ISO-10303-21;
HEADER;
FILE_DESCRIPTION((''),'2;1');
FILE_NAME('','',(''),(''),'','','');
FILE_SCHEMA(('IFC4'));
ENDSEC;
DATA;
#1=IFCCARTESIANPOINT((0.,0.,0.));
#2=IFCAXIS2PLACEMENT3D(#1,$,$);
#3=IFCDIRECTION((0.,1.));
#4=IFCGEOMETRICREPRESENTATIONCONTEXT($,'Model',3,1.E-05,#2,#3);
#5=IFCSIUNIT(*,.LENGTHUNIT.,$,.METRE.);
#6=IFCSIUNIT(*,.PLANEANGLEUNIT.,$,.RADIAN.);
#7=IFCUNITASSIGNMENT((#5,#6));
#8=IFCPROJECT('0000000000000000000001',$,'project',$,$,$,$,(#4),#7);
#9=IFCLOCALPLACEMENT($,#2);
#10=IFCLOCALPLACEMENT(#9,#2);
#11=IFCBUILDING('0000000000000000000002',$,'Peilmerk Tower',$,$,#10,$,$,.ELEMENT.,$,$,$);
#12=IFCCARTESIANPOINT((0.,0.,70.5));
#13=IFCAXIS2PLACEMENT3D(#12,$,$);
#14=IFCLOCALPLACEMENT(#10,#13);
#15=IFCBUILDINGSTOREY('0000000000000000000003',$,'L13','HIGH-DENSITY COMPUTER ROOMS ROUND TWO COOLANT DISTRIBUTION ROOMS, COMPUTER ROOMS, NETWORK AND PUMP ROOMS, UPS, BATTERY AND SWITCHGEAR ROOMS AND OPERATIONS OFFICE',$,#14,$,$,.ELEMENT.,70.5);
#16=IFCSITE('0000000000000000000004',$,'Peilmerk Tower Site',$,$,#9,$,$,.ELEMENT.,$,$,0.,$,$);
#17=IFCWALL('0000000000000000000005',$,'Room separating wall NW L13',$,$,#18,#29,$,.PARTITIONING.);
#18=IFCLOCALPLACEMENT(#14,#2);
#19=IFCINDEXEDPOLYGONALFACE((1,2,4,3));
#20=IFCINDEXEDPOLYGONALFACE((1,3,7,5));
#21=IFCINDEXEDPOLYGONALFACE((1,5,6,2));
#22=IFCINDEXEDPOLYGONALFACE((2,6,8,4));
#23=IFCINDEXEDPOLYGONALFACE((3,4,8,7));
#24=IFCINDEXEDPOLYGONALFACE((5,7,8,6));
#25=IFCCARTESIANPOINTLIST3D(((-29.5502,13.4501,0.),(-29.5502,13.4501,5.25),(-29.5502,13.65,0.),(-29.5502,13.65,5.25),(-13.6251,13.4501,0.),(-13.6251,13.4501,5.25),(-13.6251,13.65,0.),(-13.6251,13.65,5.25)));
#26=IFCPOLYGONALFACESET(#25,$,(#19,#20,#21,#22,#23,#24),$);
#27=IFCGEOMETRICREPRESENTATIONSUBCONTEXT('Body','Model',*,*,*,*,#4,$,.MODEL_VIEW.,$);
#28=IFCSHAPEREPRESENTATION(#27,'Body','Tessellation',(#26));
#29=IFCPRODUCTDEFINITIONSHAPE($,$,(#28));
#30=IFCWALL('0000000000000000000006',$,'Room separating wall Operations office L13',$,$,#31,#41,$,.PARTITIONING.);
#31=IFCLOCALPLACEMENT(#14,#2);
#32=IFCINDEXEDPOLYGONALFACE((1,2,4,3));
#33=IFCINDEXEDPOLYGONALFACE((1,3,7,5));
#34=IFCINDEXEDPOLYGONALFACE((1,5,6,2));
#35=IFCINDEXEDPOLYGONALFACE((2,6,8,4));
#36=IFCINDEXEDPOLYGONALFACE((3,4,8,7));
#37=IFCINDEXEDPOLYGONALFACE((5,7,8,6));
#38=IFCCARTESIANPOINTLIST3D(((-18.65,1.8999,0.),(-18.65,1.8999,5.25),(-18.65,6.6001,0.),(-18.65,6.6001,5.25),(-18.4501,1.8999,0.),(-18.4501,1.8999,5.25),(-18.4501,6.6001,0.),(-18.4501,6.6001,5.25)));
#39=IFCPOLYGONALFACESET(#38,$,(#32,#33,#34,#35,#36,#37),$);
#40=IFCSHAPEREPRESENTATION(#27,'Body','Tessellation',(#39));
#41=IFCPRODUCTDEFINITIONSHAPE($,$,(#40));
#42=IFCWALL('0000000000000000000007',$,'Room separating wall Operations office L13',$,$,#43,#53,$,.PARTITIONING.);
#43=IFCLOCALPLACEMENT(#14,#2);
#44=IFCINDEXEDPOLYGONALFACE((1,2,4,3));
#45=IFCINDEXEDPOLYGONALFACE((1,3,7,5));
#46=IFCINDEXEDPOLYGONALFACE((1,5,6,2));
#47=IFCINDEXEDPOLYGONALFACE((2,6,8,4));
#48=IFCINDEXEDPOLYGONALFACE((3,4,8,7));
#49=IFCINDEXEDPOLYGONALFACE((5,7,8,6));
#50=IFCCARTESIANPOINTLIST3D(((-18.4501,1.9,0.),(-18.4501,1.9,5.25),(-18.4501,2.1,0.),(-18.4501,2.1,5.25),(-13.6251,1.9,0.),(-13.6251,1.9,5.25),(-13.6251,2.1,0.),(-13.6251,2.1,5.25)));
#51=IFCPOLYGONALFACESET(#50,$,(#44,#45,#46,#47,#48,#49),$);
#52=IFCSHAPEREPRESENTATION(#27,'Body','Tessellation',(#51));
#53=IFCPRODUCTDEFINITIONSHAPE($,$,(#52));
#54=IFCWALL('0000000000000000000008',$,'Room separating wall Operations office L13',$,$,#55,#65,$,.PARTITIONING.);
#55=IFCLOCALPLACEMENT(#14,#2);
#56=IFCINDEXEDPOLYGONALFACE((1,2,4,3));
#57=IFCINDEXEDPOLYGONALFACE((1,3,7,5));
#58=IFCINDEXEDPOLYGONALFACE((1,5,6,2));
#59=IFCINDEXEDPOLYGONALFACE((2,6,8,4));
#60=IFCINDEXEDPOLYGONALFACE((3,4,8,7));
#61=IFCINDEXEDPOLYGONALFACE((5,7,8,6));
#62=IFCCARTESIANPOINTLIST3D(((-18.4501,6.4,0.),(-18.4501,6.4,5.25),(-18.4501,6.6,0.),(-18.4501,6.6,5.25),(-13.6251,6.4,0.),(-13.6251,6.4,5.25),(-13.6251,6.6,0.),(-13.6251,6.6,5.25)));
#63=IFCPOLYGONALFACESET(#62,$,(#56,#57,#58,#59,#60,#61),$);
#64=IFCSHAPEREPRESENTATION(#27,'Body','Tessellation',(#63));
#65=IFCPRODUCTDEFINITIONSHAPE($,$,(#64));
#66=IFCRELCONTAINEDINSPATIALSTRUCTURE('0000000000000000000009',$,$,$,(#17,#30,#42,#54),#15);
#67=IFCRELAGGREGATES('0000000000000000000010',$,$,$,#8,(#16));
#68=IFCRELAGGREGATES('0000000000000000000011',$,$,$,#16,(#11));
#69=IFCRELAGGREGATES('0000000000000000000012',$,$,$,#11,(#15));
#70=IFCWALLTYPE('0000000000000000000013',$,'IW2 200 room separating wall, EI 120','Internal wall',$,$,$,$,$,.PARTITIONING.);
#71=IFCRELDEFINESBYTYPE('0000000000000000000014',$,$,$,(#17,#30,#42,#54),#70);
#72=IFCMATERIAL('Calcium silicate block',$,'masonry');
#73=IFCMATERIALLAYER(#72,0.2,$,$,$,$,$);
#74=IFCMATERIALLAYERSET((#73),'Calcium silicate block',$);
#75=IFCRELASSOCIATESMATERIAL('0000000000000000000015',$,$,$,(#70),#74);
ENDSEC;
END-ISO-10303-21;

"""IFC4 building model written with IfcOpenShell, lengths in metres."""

from ifc_helpers import new_model, si_unit, direction, frame, frame_2d, origin, place, context, subcontext, project, spatial, rectangle, extrude, material, layer, layer_set, type_object, element, save


model = new_model("IFC4")

# Units and contexts
model_context = context("Model", 3, precision=1e-05, world=origin(), true_north=direction((0.0, 1.0)))
body_context = subcontext(model_context, "Body", "Model", "MODEL_VIEW")
ifc_project = project(units=[si_unit("LENGTHUNIT", "METRE"), si_unit("PLANEANGLEUNIT", "RADIAN")], contexts=[model_context])

# Site, building, storey
site_placement = place(None, origin())
site = spatial("IfcSite", under=ifc_project, at=site_placement, Name="Peilmerk Tower Site", CompositionType="ELEMENT", RefElevation=0.0)
building_placement = place(site_placement, origin())
building = spatial("IfcBuilding", under=site, at=building_placement, Name="Peilmerk Tower", CompositionType="ELEMENT")
storey_placement = place(building_placement, frame((0.0, 0.0, 70.5)))
storey = spatial("IfcBuildingStorey", under=building, at=storey_placement, Name="L13", Description="HIGH-DENSITY COMPUTER ROOMS ROUND TWO COOLANT DISTRIBUTION ROOMS, COMPUTER ROOMS, NETWORK AND PUMP ROOMS, UPS, BATTERY AND SWITCHGEAR ROOMS AND OPERATIONS OFFICE", CompositionType="ELEMENT", Elevation=70.5)

# Shared definitions
ifc_material_1 = material(Name="Calcium silicate block", Category="masonry")

# Walls
ifc_layer_1 = layer(ifc_material_1, 0.2)
ifc_layer_set_1 = layer_set([ifc_layer_1], Name="Calcium silicate block")
wall_type_1 = type_object("IfcWallType", Name="IW2 200 room separating wall, EI 120", Description="Internal wall", PredefinedType="PARTITIONING", material=ifc_layer_set_1)
wall_1_placement = place(storey_placement, frame((-29.55, 13.55, 0.0), z_axis=(0.0, 0.0, 1.0), x_axis=(1.0, 0.0, 0.0)))
element("IfcWall", 1, at=wall_1_placement, inside=storey, type_object=wall_type_1, Name="Room separating wall NW L13", PredefinedType="PARTITIONING", context=body_context, shape_type="SweptSolid", body=[
    extrude(rectangle(XDim=15.925, YDim=0.2, at=frame_2d((7.9624, 0.0))), origin(), (0.0, 0.0, 1.0), 5.25),
])
wall_2_placement = place(storey_placement, frame((-18.55, 1.8999, 0.0), z_axis=(0.0, 0.0, 1.0), x_axis=(0.0, 1.0, 0.0)))
element("IfcWall", 2, at=wall_2_placement, inside=storey, type_object=wall_type_1, Name="Room separating wall Operations office L13", PredefinedType="PARTITIONING", context=body_context, shape_type="SweptSolid", body=[
    extrude(rectangle(XDim=4.7002, YDim=0.2, at=frame_2d((2.3501, 0.0))), origin(), (0.0, 0.0, 1.0), 5.25),
])
for number, where, z_axis, x_axis, name in (
    (3, (-13.625, 2.0, 0.0), (0.0, 0.0, 1.0), (-1.0, 0.0, 0.0), "Room separating wall Operations office L13"),
    (4, (-13.625, 6.5, 0.0), (0.0, 0.0, 1.0), (-1.0, 0.0, 0.0), "Room separating wall Operations office L13"),
):
    element("IfcWall", number, at=place(storey_placement, frame(where, z_axis=z_axis, x_axis=x_axis)), inside=storey, type_object=wall_type_1, Name=name, PredefinedType="PARTITIONING", context=body_context, shape_type="SweptSolid", body=[
        extrude(rectangle(XDim=4.825, YDim=0.2, at=frame_2d((2.4126, 0.0))), origin(), (0.0, 0.0, 1.0), 5.25),
    ])

save(model, "model.ifc")
